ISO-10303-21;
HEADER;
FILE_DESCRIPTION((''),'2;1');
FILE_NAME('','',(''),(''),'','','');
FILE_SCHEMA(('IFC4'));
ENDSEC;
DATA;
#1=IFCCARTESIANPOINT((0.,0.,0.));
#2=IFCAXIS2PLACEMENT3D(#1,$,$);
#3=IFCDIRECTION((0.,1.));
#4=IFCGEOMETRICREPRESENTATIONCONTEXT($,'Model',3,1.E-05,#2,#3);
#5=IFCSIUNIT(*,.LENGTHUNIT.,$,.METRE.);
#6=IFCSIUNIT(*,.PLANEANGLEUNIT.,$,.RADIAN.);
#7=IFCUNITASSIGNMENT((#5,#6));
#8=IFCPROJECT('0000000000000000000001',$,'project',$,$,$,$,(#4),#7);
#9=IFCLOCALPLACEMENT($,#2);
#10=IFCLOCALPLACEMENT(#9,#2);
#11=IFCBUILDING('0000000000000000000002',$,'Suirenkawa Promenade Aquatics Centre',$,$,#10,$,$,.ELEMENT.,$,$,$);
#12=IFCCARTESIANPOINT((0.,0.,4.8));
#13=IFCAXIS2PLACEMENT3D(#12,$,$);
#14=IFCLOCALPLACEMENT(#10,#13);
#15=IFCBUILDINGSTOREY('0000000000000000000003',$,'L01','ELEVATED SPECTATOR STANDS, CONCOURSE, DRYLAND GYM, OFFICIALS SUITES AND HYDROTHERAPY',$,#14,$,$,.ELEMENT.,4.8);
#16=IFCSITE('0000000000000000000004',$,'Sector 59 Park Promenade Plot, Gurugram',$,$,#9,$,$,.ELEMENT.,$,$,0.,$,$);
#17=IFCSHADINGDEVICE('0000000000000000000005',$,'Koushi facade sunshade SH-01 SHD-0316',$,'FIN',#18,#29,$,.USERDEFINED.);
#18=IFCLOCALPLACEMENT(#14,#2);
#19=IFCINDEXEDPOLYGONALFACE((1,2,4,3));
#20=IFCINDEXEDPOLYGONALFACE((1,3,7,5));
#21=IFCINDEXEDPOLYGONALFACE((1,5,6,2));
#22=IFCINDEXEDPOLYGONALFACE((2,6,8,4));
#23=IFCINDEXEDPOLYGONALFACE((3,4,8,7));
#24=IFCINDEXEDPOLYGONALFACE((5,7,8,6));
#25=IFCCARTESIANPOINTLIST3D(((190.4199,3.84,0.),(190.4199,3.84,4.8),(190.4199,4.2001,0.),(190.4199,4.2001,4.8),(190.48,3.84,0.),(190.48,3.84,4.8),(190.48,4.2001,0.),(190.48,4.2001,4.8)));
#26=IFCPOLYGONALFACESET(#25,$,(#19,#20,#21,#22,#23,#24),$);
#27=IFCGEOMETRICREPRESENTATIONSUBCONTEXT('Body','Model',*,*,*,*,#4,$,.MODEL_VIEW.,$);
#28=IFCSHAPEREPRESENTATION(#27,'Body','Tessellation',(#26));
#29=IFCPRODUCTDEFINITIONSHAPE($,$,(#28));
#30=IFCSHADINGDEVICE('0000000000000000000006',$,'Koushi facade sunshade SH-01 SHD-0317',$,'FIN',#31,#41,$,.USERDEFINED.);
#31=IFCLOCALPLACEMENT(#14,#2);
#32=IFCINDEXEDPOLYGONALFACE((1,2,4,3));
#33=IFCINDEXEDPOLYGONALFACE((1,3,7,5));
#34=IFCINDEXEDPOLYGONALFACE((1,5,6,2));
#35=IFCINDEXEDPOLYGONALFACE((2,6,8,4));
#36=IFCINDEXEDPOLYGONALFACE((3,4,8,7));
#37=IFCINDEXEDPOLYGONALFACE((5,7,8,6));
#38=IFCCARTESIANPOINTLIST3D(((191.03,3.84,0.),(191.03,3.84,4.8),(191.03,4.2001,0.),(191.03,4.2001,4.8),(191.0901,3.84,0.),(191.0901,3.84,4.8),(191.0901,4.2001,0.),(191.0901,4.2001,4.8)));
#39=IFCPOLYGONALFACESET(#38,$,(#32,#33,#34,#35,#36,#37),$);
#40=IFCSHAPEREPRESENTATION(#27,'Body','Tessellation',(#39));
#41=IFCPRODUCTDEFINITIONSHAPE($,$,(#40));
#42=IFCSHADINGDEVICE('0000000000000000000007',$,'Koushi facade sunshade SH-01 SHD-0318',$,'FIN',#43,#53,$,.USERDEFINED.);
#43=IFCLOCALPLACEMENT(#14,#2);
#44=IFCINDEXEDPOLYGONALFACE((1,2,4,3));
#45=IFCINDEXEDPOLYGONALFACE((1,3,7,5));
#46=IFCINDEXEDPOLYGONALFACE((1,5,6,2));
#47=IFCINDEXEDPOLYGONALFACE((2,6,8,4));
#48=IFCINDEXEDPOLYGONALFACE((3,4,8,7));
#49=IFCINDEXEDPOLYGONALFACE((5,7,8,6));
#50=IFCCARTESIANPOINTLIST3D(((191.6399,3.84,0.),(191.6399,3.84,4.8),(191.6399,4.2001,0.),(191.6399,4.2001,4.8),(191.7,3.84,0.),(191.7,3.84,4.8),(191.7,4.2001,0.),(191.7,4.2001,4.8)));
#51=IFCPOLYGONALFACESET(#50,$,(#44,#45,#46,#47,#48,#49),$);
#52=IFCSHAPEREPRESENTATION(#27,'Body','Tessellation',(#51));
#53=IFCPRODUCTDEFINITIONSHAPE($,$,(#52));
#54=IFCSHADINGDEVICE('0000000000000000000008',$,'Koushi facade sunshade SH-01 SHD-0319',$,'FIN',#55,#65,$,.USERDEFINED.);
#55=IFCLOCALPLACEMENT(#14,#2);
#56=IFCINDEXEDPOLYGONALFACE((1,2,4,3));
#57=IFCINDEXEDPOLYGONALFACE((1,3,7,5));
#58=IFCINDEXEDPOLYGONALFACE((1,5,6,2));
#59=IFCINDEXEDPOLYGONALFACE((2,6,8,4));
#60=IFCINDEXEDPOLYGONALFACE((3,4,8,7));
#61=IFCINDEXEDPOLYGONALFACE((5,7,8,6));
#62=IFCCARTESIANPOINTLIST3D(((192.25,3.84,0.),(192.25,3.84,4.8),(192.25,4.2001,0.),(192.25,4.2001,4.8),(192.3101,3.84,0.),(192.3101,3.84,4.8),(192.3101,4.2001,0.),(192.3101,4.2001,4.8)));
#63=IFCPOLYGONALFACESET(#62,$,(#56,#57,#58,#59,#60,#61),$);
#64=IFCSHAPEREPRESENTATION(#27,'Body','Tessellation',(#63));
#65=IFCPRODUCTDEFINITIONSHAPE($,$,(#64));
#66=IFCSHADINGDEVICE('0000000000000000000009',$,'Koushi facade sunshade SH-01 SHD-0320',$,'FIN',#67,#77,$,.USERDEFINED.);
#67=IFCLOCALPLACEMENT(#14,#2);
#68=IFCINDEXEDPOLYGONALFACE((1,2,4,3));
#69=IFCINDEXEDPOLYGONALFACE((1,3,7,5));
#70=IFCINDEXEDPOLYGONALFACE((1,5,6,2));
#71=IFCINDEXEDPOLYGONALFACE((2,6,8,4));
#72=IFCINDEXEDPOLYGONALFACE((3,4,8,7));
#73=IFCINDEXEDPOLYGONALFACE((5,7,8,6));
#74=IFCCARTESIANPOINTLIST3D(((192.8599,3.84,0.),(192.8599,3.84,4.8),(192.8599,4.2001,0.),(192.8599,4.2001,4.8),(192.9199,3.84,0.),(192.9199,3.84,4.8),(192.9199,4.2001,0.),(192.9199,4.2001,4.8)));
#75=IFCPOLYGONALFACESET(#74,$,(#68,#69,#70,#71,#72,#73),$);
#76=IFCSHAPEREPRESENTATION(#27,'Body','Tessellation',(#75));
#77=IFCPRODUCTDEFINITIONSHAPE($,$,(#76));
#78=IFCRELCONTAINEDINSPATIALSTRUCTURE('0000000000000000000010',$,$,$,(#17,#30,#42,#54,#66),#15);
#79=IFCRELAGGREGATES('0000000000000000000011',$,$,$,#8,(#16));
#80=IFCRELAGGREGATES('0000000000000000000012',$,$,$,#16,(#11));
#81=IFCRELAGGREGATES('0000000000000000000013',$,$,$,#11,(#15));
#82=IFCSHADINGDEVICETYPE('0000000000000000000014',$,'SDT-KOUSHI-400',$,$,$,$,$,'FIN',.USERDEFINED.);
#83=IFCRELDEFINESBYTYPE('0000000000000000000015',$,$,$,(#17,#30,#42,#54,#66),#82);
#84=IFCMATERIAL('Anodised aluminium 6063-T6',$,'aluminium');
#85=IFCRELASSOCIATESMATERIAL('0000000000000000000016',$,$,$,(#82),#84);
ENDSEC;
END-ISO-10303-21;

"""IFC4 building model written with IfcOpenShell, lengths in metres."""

from ifc_helpers import new_model, si_unit, direction, frame, origin, origin_2d, place, context, subcontext, project, spatial, rectangle, extrude, material, type_object, element, save


model = new_model("IFC4")

# Units and contexts
model_context = context("Model", 3, precision=1e-05, world=origin(), true_north=direction((0.0, 1.0)))
body_context = subcontext(model_context, "Body", "Model", "MODEL_VIEW")
ifc_project = project(units=[si_unit("LENGTHUNIT", "METRE"), si_unit("PLANEANGLEUNIT", "RADIAN")], contexts=[model_context])

# Site, building, storey
site_placement = place(None, origin())
site = spatial("IfcSite", under=ifc_project, at=site_placement, Name="Sector 59 Park Promenade Plot, Gurugram", CompositionType="ELEMENT", RefElevation=0.0)
building_placement = place(site_placement, origin())
building = spatial("IfcBuilding", under=site, at=building_placement, Name="Suirenkawa Promenade Aquatics Centre", CompositionType="ELEMENT")
storey_placement = place(building_placement, frame((0.0, 0.0, 4.8)))
storey = spatial("IfcBuildingStorey", under=building, at=storey_placement, Name="L01", Description="ELEVATED SPECTATOR STANDS, CONCOURSE, DRYLAND GYM, OFFICIALS SUITES AND HYDROTHERAPY", CompositionType="ELEMENT", Elevation=4.8)

# Shared definitions
ifc_material_1 = material(Name="Anodised aluminium 6063-T6", Category="aluminium")

# Shading devices
shading_device_type = type_object("IfcShadingDeviceType", Name="SDT-KOUSHI-400", ElementType="FIN", PredefinedType="USERDEFINED", material=ifc_material_1)
for number, where, z_axis, x_axis, name in (
    (1, (190.45, 4.02, 0.0), (0.0, 0.0, 1.0), (1.0, 0.0, 0.0), "Koushi facade sunshade SH-01 SHD-0316"),
    (2, (191.0601, 4.02, 0.0), (0.0, 0.0, 1.0), (1.0, 0.0, 0.0), "Koushi facade sunshade SH-01 SHD-0317"),
    (3, (191.6699, 4.02, 0.0), (0.0, 0.0, 1.0), (1.0, 0.0, 0.0), "Koushi facade sunshade SH-01 SHD-0318"),
    (4, (192.28, 4.02, 0.0), (0.0, 0.0, 1.0), (1.0, 0.0, 0.0), "Koushi facade sunshade SH-01 SHD-0319"),
    (5, (192.8899, 4.02, 0.0), (0.0, 0.0, 1.0), (1.0, 0.0, 0.0), "Koushi facade sunshade SH-01 SHD-0320"),
):
    element("IfcShadingDevice", number, at=place(storey_placement, frame(where, z_axis=z_axis, x_axis=x_axis)), inside=storey, type_object=shading_device_type, Name=name, ObjectType="FIN", PredefinedType="USERDEFINED", context=body_context, shape_type="SweptSolid", body=[
        extrude(rectangle(XDim=0.0601, YDim=0.3601, at=origin_2d()), origin(), (0.0, 0.0, 1.0), 4.8),
    ])

save(model, "model.ifc")
